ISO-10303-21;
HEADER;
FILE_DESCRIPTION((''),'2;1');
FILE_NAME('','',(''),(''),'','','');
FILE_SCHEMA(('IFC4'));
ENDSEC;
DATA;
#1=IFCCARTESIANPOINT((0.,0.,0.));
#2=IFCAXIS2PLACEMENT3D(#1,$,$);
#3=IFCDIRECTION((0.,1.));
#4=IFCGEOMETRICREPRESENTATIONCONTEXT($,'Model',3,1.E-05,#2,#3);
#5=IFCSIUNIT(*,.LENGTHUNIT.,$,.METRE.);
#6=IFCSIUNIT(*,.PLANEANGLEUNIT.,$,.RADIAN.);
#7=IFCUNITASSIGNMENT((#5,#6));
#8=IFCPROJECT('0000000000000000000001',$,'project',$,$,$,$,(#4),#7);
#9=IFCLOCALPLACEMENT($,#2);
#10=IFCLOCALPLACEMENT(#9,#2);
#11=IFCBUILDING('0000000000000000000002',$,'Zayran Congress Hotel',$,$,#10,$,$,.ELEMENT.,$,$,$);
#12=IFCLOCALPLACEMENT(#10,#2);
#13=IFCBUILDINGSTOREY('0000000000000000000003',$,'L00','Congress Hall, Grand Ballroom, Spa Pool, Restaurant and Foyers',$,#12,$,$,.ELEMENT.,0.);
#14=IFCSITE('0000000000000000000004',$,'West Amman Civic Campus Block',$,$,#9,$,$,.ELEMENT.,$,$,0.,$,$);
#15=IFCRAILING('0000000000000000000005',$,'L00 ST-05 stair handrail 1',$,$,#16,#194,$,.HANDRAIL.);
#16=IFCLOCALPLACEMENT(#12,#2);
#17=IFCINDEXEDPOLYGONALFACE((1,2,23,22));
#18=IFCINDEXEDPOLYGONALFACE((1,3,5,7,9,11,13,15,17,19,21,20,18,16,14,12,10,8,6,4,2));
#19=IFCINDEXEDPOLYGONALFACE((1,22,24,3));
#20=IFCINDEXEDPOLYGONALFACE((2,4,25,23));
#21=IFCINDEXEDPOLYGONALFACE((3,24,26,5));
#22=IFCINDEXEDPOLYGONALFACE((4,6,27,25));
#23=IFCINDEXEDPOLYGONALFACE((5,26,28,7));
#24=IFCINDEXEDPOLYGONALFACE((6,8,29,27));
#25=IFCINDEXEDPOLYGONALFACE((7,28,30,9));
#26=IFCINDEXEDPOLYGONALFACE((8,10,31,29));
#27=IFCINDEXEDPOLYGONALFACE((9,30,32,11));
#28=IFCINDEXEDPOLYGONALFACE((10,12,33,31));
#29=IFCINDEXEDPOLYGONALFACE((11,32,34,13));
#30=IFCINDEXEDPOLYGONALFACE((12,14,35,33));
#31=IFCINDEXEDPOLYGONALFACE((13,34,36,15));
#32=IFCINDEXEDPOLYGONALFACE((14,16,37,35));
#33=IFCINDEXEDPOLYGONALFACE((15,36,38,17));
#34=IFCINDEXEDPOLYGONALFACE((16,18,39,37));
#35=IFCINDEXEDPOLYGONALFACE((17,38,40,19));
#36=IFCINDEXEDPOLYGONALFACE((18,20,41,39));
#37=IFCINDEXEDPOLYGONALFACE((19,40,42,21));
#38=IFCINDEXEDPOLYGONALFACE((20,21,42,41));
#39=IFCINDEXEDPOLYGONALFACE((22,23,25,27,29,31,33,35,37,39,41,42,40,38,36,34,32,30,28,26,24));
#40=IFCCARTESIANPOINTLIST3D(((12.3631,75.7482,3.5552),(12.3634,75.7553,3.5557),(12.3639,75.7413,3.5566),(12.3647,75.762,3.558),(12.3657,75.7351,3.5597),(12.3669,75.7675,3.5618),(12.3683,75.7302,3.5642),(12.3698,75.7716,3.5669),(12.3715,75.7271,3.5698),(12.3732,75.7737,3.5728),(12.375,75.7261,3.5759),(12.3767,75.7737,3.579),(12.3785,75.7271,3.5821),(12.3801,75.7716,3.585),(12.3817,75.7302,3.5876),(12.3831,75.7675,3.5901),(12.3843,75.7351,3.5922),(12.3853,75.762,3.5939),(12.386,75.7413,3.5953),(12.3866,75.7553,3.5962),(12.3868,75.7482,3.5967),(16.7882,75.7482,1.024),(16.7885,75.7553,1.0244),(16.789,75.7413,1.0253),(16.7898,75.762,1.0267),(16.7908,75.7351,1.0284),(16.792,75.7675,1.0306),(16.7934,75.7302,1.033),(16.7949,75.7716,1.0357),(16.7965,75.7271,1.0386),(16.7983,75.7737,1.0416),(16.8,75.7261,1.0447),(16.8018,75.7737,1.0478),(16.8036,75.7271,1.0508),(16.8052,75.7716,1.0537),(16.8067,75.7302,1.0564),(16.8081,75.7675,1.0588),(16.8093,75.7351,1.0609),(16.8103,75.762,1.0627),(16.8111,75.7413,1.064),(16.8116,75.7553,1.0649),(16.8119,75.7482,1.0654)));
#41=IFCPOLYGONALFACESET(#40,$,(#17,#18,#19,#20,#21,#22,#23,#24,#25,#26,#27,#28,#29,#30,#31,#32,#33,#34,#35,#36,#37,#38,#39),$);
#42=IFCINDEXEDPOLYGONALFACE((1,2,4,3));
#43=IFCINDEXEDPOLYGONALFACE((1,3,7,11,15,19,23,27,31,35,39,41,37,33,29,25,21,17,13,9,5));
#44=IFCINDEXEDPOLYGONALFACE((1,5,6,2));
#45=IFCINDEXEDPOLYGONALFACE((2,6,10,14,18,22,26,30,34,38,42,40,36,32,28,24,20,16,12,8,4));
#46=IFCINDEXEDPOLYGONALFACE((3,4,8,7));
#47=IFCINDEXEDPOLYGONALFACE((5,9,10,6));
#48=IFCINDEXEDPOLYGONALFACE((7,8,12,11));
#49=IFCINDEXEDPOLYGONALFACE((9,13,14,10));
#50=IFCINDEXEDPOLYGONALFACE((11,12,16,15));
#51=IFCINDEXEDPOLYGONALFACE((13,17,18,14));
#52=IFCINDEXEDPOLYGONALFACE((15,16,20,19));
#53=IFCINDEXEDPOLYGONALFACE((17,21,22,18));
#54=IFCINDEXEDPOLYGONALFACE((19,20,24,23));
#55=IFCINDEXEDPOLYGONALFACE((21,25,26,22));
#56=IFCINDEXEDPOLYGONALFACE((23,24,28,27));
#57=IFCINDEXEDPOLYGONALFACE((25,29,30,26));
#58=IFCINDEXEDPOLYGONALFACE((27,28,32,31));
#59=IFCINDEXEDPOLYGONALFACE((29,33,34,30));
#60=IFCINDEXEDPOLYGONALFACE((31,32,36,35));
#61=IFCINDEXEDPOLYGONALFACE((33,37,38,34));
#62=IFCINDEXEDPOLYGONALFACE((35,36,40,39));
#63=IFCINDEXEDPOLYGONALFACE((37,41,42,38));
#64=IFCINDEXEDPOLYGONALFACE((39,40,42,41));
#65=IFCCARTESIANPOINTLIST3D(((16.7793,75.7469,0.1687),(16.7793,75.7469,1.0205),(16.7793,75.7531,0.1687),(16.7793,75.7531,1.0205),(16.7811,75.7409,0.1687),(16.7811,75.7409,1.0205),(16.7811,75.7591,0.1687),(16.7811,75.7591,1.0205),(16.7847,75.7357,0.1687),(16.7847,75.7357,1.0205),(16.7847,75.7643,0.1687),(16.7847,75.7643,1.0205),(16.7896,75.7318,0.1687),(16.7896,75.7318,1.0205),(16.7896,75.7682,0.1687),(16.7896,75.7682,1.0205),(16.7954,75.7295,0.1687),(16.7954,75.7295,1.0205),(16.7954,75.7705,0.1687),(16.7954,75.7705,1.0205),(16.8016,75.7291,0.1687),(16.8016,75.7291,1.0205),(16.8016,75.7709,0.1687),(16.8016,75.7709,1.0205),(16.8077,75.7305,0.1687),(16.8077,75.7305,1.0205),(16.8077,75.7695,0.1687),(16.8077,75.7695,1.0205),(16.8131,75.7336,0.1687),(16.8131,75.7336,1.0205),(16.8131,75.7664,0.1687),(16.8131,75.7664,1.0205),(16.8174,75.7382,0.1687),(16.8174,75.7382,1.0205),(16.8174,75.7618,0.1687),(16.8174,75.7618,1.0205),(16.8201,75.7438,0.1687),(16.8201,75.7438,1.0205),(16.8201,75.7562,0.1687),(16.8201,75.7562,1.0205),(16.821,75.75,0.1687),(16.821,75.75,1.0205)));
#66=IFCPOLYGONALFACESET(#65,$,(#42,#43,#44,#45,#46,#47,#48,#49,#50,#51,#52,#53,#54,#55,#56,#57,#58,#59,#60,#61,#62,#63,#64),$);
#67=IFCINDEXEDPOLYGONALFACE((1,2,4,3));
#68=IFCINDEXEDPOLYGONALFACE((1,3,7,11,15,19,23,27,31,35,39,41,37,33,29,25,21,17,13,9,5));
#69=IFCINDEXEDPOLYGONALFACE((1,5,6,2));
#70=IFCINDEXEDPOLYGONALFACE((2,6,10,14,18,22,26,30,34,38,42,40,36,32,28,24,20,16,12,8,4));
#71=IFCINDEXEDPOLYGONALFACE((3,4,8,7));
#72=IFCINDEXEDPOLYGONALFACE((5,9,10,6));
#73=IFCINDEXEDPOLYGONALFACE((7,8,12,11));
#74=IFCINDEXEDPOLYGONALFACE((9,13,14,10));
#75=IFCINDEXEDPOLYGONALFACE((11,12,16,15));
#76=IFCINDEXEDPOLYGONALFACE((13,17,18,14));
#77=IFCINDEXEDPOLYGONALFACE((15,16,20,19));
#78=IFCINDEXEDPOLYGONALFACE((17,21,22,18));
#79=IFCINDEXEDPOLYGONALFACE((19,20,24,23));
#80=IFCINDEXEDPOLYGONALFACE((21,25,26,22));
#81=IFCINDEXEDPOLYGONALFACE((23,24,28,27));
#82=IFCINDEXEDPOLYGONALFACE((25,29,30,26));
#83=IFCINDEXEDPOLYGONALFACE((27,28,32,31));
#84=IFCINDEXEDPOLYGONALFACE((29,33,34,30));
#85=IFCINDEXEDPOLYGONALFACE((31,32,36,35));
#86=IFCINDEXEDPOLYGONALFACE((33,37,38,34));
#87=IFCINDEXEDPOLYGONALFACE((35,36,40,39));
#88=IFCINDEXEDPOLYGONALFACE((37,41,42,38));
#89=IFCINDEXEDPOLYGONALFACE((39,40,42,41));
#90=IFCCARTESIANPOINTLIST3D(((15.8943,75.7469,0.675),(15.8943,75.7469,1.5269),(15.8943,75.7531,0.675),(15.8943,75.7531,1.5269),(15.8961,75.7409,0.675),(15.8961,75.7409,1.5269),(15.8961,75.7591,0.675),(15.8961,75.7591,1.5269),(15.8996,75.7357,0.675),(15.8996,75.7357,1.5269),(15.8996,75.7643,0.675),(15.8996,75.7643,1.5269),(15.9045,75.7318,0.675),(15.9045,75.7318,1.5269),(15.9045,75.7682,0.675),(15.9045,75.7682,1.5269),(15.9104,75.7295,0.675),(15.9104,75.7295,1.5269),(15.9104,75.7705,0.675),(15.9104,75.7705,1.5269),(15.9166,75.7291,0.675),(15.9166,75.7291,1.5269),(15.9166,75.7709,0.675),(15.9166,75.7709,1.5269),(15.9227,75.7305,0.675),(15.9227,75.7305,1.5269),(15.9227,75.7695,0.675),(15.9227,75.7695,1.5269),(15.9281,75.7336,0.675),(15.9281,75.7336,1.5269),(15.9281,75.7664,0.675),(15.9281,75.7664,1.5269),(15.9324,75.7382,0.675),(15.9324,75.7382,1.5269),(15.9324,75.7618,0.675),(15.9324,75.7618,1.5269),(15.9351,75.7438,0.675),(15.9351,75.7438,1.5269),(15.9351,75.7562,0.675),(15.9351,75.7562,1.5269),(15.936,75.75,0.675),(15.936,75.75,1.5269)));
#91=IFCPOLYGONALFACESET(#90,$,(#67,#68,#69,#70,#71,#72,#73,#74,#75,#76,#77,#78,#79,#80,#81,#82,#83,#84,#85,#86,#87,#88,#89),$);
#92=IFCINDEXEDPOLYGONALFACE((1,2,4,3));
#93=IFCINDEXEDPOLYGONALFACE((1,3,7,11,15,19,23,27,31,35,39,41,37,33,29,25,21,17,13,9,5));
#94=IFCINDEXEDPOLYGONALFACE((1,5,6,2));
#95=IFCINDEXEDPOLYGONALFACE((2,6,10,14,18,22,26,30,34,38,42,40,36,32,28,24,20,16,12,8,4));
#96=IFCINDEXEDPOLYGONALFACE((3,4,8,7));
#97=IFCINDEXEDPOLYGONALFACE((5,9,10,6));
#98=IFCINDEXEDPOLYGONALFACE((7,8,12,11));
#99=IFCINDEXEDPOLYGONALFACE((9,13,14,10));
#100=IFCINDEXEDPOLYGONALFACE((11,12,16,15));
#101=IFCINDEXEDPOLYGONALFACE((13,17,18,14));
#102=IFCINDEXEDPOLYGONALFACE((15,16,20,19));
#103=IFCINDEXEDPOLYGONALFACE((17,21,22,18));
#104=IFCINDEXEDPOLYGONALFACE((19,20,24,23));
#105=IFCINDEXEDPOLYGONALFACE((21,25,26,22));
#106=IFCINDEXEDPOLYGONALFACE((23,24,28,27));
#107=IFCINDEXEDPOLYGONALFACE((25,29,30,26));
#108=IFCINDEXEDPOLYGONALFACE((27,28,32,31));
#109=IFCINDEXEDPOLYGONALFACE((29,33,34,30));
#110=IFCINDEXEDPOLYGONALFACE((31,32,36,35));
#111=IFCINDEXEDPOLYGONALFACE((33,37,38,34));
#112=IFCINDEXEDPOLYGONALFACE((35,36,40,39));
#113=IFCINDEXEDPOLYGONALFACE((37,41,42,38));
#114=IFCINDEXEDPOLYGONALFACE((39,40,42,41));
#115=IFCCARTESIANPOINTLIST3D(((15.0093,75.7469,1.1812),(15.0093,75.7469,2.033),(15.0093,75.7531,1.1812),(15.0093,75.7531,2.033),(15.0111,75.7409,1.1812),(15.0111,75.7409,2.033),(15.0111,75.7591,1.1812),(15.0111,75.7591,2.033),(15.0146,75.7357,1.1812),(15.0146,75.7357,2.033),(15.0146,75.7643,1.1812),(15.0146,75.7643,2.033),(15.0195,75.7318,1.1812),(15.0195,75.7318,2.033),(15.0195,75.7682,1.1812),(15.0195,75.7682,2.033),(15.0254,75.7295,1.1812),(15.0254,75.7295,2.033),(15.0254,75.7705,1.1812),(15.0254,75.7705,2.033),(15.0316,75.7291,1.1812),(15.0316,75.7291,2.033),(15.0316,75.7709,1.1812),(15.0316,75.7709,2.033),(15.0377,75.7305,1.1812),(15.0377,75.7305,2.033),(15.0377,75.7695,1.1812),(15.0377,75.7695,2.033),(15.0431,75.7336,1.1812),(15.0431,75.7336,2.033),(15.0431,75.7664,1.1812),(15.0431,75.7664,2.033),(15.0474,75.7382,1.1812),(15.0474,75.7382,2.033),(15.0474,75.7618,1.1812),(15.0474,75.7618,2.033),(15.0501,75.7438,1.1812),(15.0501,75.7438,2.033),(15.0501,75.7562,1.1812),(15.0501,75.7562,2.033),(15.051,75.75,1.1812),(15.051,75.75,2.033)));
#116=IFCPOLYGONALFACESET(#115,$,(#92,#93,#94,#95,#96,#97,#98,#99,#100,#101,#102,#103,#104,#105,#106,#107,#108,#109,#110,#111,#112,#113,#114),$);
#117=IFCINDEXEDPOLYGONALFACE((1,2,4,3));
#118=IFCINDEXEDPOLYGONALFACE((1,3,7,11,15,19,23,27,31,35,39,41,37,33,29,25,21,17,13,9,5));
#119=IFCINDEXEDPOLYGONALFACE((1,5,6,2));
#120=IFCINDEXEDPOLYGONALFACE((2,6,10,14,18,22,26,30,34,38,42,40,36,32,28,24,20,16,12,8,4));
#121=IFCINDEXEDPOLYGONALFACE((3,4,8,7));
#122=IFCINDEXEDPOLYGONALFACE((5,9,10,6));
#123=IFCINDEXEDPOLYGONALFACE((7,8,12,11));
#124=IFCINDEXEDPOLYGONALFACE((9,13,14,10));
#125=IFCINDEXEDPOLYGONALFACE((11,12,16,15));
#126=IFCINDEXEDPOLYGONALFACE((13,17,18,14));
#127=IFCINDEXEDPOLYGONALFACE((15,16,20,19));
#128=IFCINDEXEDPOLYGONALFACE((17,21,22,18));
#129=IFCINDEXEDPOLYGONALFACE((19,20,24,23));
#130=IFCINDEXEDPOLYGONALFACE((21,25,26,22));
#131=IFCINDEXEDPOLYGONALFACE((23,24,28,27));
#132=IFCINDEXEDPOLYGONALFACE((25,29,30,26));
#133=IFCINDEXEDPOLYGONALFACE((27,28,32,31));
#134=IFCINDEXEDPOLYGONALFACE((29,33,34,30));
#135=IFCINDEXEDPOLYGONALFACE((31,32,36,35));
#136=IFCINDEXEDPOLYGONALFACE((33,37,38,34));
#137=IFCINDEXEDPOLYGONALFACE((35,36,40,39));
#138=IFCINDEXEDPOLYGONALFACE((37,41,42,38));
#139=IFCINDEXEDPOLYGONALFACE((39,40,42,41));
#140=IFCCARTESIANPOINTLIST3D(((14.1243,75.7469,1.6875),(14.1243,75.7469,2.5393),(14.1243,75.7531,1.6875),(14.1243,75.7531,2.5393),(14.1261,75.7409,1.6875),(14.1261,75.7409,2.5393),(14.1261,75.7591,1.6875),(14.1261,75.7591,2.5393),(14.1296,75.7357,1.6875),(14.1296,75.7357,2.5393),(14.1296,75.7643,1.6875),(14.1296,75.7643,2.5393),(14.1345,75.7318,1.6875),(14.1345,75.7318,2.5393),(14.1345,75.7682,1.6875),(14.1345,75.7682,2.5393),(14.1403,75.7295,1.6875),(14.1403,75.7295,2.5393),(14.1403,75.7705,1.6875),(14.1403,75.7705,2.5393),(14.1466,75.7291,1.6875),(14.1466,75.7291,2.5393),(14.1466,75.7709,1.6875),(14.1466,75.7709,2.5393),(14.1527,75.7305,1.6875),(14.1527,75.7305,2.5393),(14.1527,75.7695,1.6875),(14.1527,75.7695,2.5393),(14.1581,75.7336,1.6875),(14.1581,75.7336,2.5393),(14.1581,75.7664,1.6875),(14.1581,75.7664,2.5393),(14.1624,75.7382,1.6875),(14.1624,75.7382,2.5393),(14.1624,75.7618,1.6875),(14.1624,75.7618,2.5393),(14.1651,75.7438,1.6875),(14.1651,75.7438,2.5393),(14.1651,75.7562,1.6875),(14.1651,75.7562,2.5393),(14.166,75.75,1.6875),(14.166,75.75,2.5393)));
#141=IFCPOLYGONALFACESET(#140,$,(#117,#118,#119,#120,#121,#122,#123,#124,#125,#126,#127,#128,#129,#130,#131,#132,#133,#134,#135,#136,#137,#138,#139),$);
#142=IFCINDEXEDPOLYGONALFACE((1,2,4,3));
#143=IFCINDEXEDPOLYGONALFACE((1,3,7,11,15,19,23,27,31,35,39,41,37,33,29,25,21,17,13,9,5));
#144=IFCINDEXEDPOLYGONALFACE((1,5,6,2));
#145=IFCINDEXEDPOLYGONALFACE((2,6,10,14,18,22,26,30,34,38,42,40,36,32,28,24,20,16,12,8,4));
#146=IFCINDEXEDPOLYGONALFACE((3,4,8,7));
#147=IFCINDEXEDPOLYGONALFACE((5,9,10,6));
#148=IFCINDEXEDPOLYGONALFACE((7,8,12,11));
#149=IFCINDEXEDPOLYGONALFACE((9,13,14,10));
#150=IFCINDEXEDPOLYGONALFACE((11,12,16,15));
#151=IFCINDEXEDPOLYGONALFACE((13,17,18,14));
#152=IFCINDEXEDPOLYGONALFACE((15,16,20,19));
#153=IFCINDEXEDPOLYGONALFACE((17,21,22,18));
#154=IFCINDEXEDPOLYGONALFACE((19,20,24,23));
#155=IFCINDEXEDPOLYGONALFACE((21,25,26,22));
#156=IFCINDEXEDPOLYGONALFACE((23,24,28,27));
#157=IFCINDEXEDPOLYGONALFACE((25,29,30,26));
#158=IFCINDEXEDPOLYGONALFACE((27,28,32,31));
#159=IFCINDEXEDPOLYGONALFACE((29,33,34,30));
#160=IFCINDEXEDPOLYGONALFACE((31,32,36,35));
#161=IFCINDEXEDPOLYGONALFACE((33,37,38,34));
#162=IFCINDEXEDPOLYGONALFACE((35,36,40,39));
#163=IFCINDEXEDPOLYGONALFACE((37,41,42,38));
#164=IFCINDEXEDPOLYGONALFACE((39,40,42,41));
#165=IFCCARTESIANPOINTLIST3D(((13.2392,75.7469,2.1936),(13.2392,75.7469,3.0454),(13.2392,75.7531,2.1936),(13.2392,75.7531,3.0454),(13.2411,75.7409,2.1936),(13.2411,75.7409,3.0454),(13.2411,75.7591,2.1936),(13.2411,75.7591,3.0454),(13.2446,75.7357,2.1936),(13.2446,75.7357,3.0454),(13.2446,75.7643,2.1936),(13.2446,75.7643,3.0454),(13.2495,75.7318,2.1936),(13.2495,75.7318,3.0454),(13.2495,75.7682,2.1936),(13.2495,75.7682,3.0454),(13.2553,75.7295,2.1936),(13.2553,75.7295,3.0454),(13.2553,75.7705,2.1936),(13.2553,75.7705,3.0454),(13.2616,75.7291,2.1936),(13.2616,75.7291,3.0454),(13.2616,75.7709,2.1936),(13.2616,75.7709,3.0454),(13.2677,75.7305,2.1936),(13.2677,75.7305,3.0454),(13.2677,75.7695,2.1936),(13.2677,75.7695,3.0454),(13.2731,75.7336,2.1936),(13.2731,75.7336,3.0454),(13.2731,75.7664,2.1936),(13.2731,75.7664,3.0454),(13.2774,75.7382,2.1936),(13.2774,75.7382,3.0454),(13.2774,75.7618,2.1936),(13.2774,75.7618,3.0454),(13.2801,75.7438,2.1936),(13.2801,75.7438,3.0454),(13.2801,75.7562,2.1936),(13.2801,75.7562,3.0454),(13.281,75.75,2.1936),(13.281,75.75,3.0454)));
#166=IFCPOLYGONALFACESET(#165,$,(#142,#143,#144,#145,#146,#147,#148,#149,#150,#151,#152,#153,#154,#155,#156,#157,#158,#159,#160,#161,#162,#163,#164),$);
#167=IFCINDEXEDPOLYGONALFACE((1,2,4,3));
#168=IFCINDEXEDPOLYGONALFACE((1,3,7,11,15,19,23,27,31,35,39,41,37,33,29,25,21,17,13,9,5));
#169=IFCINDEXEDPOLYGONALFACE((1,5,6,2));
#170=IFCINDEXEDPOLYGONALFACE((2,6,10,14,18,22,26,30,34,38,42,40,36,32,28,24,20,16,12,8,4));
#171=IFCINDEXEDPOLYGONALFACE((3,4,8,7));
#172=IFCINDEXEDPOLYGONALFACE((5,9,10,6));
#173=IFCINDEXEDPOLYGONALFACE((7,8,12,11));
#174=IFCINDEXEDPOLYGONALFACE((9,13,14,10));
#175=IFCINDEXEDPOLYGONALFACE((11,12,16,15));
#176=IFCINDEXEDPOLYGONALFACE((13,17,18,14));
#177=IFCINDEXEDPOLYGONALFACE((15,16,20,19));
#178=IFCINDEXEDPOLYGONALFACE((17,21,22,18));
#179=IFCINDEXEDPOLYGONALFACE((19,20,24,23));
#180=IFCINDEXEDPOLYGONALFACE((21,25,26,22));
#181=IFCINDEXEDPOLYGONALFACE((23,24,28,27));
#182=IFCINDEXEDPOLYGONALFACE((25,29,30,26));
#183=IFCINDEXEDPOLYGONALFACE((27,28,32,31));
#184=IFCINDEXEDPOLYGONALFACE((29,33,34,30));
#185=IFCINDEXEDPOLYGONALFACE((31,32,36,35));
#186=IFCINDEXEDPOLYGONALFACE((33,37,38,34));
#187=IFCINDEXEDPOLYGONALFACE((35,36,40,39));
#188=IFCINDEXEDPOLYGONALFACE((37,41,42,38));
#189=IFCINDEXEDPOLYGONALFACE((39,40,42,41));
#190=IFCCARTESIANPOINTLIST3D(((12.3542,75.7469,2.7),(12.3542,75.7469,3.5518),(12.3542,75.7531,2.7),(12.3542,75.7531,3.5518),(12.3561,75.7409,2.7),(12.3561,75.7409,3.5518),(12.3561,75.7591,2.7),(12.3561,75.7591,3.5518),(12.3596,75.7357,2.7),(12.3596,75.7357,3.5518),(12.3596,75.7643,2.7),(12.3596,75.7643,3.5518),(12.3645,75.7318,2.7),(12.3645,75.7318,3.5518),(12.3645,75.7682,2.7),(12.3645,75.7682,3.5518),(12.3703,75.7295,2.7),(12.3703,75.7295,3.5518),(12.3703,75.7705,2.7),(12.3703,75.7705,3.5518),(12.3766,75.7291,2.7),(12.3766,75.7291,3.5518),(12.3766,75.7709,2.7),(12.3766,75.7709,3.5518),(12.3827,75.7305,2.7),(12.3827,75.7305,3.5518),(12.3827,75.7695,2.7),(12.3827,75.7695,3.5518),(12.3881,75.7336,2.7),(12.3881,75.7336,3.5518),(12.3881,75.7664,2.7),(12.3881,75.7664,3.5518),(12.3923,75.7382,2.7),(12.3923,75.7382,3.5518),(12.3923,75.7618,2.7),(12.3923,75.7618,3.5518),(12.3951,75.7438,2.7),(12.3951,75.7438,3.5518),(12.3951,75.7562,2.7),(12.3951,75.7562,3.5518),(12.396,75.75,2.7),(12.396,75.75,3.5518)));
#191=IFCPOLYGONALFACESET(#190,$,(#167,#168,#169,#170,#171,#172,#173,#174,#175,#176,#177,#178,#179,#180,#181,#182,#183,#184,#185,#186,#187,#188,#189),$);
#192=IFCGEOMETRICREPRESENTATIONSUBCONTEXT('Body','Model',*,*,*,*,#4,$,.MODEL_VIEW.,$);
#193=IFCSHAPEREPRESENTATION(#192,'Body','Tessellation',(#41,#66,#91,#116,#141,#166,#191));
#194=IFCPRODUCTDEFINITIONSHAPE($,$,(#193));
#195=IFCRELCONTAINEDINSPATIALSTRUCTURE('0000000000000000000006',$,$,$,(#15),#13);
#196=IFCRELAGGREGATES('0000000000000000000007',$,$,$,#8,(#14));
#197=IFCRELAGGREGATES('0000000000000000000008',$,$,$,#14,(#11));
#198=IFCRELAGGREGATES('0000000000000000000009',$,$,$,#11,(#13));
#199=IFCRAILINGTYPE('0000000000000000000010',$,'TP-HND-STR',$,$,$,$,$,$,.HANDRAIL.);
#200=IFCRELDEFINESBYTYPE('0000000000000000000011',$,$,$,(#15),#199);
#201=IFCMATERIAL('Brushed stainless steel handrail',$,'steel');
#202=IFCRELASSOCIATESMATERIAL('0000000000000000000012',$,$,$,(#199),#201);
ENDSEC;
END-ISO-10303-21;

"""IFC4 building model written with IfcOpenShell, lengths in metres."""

from ifc_helpers import new_model, si_unit, direction, frame, origin, origin_2d, place, context, subcontext, project, spatial, circle, extrude, material, type_object, element, save


model = new_model("IFC4")

# Units and contexts
model_context = context("Model", 3, precision=1e-05, world=origin(), true_north=direction((0.0, 1.0)))
body_context = subcontext(model_context, "Body", "Model", "MODEL_VIEW")
ifc_project = project(units=[si_unit("LENGTHUNIT", "METRE"), si_unit("PLANEANGLEUNIT", "RADIAN")], contexts=[model_context])

# Site, building, storey
site_placement = place(None, origin())
site = spatial("IfcSite", under=ifc_project, at=site_placement, Name="West Amman Civic Campus Block", CompositionType="ELEMENT", RefElevation=0.0)
building_placement = place(site_placement, origin())
building = spatial("IfcBuilding", under=site, at=building_placement, Name="Zayran Congress Hotel", CompositionType="ELEMENT")
storey_placement = place(building_placement, origin())
storey = spatial("IfcBuildingStorey", under=building, at=storey_placement, Name="L00", Description="Congress Hall, Grand Ballroom, Spa Pool, Restaurant and Foyers", CompositionType="ELEMENT", Elevation=0.0)

# Railing
ifc_material_1 = material(Name="Brushed stainless steel handrail", Category="steel")
railing_type_1 = type_object("IfcRailingType", Name="TP-HND-STR", PredefinedType="HANDRAIL", material=ifc_material_1)
railing_1_placement = place(storey_placement, frame((16.8, 75.75, 0.1687)))
element("IfcRailing", 1, at=railing_1_placement, inside=storey, type_object=railing_type_1, Name="L00 ST-05 stair handrail 1", PredefinedType="HANDRAIL", context=body_context, shape_type="SweptSolid", body=[
    extrude(circle(Radius=0.0239, at=origin_2d()), frame((0.0, 0.0, 0.876), z_axis=(-0.868019, 0.0, 0.496531), x_axis=(0.0, -1.0, 0.0)), (0.0, 0.0, 1.0), 5.0979),
    extrude(circle(Radius=0.021, at=origin_2d()), origin(), (0.0, 0.0, 1.0), 0.8518),
    extrude(circle(Radius=0.021, at=origin_2d()), frame((-0.885, 0.0, 0.5063)), (0.0, 0.0, 1.0), 0.8518),
    extrude(circle(Radius=0.021, at=origin_2d()), frame((-1.77, 0.0, 1.0125)), (0.0, 0.0, 1.0), 0.8518),
    extrude(circle(Radius=0.021, at=origin_2d()), frame((-2.655, 0.0, 1.5188)), (0.0, 0.0, 1.0), 0.8518),
    extrude(circle(Radius=0.021, at=origin_2d()), frame((-3.54, 0.0, 2.0249)), (0.0, 0.0, 1.0), 0.8518),
    extrude(circle(Radius=0.021, at=origin_2d()), frame((-4.425, 0.0, 2.5312)), (0.0, 0.0, 1.0), 0.8518),
])

save(model, "model.ifc")
